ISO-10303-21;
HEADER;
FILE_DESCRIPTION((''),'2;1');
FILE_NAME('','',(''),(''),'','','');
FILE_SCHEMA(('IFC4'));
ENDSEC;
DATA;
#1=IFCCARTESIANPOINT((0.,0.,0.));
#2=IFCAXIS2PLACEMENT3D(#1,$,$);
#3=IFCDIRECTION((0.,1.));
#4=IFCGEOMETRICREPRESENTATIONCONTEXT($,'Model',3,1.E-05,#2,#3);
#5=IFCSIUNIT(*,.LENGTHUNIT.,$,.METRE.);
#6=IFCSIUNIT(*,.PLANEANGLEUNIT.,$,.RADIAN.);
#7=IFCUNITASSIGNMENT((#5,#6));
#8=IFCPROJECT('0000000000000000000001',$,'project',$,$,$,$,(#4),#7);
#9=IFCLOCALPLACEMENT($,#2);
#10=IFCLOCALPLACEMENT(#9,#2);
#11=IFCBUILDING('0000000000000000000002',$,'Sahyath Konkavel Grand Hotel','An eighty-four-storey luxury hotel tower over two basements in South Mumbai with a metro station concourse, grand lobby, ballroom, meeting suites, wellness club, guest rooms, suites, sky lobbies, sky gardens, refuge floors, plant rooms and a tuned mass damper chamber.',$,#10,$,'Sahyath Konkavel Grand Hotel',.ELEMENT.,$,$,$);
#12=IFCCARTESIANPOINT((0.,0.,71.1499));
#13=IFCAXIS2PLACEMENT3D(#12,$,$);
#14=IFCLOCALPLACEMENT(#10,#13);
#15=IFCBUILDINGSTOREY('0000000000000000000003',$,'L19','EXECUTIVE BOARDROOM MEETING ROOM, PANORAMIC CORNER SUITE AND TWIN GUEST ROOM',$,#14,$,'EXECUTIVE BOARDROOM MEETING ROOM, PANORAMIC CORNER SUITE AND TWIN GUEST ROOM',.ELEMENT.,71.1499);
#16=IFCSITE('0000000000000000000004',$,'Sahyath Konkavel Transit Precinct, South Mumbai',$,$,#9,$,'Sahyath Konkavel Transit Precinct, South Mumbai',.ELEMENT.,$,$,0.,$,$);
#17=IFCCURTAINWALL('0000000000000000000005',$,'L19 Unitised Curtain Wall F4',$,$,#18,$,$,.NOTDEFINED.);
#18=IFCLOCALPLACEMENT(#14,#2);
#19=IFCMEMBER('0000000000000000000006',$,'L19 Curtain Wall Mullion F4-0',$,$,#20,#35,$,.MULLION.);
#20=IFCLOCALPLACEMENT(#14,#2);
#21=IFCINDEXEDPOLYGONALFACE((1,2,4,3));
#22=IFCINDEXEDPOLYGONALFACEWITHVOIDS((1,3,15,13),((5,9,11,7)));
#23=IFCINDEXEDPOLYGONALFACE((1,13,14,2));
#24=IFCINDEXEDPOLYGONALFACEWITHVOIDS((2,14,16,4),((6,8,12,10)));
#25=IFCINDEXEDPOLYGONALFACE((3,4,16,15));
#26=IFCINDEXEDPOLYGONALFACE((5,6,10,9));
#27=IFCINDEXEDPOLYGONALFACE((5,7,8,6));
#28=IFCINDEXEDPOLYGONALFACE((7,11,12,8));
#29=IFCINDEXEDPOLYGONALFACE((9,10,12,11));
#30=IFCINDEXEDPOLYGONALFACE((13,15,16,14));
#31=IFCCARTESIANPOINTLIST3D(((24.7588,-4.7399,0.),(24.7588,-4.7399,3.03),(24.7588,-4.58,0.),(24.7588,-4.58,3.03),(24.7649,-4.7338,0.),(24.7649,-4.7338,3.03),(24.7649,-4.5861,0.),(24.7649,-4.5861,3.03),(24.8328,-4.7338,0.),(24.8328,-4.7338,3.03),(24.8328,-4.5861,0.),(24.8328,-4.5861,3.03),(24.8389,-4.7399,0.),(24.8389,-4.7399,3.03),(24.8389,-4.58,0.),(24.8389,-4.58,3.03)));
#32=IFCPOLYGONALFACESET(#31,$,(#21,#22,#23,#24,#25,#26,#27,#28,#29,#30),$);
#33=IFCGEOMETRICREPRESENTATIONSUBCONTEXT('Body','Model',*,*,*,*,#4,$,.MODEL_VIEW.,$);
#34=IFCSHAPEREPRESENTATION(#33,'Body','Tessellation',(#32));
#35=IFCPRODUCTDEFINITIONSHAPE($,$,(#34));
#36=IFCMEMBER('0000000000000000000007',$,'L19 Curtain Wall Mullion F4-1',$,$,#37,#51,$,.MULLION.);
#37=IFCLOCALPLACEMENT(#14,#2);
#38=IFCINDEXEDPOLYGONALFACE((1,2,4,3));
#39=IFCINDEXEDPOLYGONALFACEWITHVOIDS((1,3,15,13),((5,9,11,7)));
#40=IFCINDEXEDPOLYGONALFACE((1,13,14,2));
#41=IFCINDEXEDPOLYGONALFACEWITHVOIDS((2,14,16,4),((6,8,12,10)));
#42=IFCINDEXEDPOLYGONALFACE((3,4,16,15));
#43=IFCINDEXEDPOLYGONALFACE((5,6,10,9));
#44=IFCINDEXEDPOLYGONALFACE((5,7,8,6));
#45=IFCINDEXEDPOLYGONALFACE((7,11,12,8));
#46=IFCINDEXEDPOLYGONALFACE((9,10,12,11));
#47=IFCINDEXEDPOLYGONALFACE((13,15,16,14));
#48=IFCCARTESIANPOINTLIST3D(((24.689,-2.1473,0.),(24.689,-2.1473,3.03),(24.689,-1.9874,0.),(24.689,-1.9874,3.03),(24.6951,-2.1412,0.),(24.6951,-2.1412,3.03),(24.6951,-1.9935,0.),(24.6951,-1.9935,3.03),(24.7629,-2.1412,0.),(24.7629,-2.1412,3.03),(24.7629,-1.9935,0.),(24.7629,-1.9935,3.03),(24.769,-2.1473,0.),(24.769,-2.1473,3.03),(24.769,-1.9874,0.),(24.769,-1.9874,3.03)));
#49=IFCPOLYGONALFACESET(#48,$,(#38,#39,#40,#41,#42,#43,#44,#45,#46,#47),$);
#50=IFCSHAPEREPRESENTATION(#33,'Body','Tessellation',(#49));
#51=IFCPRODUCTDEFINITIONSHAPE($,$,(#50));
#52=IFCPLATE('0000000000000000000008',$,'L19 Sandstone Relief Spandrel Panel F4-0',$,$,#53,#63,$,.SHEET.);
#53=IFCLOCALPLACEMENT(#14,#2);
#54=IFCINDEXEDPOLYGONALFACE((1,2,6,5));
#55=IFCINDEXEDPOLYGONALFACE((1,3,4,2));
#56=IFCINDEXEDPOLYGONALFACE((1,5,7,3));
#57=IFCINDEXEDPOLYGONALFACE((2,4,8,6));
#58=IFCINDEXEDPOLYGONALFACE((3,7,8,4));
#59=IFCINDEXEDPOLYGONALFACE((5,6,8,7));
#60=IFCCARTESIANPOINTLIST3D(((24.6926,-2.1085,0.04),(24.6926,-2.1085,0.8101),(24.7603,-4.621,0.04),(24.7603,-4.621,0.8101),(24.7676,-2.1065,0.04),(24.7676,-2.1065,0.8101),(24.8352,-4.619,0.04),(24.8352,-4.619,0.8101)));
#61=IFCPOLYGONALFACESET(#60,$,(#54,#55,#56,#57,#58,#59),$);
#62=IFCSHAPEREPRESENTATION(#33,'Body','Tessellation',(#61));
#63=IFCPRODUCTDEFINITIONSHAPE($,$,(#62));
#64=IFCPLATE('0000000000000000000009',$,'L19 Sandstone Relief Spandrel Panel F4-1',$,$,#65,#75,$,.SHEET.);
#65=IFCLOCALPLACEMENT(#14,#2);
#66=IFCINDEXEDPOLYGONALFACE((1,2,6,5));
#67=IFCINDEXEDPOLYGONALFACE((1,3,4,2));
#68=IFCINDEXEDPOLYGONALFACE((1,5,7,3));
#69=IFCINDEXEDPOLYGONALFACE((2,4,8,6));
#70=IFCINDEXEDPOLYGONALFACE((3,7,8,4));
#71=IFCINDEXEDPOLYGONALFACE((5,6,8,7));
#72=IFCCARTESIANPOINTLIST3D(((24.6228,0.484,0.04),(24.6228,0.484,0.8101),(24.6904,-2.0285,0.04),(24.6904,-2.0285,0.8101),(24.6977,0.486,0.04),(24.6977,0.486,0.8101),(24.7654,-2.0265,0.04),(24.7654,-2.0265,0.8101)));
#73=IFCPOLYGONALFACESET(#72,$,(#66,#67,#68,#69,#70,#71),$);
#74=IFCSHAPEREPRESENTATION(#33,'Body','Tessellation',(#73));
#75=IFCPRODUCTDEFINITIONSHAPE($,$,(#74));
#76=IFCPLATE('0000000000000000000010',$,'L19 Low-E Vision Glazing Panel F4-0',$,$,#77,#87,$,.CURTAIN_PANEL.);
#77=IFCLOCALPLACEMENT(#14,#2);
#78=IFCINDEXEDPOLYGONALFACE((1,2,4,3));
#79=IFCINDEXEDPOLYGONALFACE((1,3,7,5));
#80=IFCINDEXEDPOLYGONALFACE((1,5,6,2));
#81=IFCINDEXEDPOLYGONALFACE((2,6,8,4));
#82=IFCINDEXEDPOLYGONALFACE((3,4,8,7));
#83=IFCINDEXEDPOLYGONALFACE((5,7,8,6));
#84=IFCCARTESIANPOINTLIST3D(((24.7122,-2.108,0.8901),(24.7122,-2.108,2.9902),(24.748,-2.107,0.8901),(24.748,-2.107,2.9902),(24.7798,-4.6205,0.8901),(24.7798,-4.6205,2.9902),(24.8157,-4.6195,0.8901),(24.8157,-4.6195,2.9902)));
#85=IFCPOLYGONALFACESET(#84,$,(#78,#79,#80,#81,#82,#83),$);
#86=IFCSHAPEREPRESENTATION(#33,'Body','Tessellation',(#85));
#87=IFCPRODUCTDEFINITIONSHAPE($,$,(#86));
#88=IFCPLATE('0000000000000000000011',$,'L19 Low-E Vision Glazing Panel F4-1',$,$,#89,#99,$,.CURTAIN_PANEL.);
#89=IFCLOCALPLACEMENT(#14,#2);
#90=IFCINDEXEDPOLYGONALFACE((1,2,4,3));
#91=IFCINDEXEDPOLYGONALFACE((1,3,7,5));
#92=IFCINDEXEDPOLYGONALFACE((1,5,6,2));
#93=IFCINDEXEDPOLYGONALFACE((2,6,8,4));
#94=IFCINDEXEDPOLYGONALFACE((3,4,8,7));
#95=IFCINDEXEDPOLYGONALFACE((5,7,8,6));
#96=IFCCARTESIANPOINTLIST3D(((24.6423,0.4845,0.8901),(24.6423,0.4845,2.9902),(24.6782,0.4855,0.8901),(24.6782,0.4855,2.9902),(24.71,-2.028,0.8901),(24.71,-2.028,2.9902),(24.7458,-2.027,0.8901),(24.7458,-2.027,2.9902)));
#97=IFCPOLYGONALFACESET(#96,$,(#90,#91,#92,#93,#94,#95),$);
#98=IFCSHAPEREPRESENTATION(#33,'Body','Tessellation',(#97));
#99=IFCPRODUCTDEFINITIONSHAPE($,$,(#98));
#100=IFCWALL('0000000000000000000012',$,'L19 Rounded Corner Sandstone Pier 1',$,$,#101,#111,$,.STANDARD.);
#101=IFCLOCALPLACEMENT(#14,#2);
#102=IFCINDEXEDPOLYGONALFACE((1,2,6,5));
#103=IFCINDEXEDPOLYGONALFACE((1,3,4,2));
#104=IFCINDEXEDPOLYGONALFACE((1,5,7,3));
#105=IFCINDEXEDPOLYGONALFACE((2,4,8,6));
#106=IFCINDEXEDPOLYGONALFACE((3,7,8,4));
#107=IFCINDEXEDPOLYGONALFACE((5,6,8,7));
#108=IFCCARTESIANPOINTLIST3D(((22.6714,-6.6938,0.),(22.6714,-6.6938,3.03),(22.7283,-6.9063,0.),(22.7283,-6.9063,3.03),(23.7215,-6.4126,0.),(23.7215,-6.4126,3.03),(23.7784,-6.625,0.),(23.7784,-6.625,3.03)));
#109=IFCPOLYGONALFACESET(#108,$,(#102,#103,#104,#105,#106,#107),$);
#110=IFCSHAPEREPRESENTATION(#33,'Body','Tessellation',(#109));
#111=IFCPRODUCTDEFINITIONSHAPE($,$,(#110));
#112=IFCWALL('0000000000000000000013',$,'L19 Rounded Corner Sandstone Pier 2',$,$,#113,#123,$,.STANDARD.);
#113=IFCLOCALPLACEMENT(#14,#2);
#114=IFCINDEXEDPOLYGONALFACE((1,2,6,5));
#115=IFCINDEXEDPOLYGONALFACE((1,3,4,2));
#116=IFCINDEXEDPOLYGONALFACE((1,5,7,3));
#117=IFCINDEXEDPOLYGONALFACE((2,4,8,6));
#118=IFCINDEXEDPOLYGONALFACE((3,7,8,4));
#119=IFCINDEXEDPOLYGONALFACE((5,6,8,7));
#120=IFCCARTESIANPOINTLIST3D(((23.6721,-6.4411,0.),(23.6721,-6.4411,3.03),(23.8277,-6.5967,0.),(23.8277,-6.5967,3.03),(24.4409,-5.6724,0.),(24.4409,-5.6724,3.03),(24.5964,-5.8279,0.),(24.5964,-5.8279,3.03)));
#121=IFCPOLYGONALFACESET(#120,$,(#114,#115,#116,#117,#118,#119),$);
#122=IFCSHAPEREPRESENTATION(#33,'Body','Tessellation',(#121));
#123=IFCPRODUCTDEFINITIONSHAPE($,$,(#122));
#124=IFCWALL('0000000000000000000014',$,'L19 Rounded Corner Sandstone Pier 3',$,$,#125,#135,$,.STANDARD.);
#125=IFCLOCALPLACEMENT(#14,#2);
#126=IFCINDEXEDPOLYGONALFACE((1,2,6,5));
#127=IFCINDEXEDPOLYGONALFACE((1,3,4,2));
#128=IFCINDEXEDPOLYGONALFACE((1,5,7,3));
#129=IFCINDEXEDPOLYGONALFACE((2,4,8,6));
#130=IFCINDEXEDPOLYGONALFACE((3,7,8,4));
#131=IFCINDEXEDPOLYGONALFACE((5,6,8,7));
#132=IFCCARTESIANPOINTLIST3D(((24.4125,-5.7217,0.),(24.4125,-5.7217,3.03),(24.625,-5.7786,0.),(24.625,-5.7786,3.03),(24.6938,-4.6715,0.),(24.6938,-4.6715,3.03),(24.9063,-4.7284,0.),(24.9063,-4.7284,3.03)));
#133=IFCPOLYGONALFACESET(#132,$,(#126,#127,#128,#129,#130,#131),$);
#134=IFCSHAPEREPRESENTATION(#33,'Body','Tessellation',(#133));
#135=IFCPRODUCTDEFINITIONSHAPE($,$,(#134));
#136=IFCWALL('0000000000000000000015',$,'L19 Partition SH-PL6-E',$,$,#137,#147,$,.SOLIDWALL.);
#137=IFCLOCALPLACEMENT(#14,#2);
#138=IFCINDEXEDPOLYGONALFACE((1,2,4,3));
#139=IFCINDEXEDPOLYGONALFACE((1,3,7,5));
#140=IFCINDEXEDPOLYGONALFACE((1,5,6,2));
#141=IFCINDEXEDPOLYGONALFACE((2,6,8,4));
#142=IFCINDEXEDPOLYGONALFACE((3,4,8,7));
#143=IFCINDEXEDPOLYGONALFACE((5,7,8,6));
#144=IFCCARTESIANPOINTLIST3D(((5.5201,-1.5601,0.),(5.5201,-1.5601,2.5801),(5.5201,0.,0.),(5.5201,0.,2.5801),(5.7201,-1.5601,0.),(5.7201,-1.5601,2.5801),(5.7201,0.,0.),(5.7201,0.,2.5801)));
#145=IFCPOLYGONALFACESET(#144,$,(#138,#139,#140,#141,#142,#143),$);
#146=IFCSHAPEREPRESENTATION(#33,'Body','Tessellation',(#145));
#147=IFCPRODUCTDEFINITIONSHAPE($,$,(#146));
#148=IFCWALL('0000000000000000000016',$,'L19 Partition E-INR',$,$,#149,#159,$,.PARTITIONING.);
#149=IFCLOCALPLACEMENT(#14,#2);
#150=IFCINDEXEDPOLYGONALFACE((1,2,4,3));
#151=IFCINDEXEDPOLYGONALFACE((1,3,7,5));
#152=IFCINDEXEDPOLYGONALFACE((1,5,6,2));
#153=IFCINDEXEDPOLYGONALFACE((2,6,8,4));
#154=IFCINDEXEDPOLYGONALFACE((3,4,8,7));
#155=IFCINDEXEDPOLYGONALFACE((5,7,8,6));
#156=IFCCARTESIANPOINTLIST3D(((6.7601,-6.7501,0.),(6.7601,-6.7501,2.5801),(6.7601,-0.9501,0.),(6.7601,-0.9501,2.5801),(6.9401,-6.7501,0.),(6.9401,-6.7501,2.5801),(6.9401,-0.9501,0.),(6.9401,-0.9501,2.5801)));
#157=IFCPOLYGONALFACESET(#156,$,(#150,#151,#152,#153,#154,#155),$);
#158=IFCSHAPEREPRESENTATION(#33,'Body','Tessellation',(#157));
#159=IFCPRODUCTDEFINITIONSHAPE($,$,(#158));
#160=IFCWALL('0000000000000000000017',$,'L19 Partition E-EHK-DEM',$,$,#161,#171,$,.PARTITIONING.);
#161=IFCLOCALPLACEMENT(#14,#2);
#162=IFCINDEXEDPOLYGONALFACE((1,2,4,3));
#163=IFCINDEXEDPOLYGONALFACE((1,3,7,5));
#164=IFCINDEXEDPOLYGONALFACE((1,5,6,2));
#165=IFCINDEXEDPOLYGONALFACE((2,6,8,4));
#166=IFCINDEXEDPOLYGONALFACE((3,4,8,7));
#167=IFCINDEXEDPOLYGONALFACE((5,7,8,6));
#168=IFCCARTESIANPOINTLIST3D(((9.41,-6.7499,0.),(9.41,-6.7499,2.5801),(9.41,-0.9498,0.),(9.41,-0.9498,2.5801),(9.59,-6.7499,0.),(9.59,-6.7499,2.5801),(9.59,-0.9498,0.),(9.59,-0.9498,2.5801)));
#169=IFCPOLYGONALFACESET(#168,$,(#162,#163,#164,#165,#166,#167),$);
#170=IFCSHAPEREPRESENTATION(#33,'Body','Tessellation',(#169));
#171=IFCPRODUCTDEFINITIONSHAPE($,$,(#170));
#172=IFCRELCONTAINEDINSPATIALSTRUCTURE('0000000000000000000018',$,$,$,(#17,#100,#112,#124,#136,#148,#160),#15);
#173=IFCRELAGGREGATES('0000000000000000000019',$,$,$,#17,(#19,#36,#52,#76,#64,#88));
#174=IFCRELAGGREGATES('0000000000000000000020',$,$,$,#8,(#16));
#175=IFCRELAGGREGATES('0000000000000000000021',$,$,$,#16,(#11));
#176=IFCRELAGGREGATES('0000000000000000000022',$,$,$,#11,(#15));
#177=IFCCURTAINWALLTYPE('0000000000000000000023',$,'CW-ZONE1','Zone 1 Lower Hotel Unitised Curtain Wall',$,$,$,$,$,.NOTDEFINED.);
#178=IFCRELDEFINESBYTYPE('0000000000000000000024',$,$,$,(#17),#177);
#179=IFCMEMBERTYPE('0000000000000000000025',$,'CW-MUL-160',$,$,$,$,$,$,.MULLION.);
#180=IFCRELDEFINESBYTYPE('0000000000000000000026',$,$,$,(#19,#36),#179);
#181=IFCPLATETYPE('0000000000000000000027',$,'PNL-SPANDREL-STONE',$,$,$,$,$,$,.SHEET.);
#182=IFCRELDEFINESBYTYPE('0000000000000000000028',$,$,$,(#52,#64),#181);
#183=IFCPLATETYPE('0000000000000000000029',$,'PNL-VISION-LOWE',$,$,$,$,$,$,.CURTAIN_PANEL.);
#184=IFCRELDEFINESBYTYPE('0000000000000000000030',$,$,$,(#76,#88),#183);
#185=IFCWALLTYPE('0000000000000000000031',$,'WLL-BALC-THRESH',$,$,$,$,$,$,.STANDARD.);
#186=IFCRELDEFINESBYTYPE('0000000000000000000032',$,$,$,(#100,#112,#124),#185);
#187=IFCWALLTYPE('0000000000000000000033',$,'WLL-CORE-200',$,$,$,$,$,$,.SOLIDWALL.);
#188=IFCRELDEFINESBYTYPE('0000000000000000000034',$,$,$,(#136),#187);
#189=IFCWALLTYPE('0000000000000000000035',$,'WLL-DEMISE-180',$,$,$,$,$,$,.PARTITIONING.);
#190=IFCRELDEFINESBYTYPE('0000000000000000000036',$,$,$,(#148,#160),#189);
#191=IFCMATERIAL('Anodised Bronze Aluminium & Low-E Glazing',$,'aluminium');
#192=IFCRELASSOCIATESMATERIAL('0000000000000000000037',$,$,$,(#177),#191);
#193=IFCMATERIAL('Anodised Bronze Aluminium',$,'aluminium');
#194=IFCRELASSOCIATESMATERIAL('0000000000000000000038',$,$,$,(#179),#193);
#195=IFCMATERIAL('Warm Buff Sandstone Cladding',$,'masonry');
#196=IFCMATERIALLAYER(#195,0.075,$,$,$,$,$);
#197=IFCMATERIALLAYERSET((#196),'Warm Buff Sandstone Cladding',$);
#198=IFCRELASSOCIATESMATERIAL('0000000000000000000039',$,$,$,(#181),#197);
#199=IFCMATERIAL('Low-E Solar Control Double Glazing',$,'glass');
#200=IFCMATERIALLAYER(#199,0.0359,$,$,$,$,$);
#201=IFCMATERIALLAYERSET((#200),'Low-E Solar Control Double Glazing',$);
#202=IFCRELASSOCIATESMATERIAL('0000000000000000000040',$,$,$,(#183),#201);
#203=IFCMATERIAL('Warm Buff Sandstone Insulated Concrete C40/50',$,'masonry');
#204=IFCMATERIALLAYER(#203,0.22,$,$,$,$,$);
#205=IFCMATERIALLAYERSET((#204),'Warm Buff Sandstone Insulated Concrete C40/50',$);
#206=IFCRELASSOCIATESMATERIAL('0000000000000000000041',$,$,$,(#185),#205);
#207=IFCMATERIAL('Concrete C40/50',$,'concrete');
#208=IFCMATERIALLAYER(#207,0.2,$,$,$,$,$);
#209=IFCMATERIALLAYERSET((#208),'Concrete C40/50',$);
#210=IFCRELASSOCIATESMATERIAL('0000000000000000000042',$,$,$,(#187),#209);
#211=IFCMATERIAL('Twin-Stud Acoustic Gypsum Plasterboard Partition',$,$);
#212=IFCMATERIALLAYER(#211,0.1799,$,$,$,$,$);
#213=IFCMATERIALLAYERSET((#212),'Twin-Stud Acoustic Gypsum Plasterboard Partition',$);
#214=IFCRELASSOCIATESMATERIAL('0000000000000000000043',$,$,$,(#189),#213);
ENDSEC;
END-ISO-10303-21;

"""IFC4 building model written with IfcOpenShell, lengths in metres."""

from ifc_helpers import new_model, si_unit, direction, frame, frame_2d, origin, origin_2d, place, context, subcontext, project, spatial, rectangle, hollow_rectangle, extrude, source, transform, mapped, material, layer, layer_set, material_profile, profile_set, type_object, element, aggregate, save


model = new_model("IFC4")

# Units and contexts
model_context = context("Model", 3, precision=1e-05, world=origin(), true_north=direction((0.0, 1.0)))
body_context = subcontext(model_context, "Body", "Model", "MODEL_VIEW")
ifc_project = project(units=[si_unit("LENGTHUNIT", "METRE"), si_unit("PLANEANGLEUNIT", "RADIAN")], contexts=[model_context])

# Site, building, storey
site_placement = place(None, origin())
site = spatial("IfcSite", under=ifc_project, at=site_placement, Name="Sahyath Konkavel Transit Precinct, South Mumbai", LongName="Sahyath Konkavel Transit Precinct, South Mumbai", CompositionType="ELEMENT", RefElevation=0.0)
building_placement = place(site_placement, origin())
building = spatial("IfcBuilding", under=site, at=building_placement, Name="Sahyath Konkavel Grand Hotel", Description="An eighty-four-storey luxury hotel tower over two basements in South Mumbai with a metro station concourse, grand lobby, ballroom, meeting suites, wellness club, guest rooms, suites, sky lobbies, sky gardens, refuge floors, plant rooms and a tuned mass damper chamber.", LongName="Sahyath Konkavel Grand Hotel", CompositionType="ELEMENT")
storey_placement = place(building_placement, frame((0.0, 0.0, 71.1499)))
storey = spatial("IfcBuildingStorey", under=building, at=storey_placement, Name="L19", Description="EXECUTIVE BOARDROOM MEETING ROOM, PANORAMIC CORNER SUITE AND TWIN GUEST ROOM", LongName="EXECUTIVE BOARDROOM MEETING ROOM, PANORAMIC CORNER SUITE AND TWIN GUEST ROOM", CompositionType="ELEMENT", Elevation=71.1499)

# Curtain wall, members, plates
ifc_material_1 = material(Name="Anodised Bronze Aluminium & Low-E Glazing", Category="aluminium")
curtain_wall_type = type_object("IfcCurtainWallType", Name="CW-ZONE1", Description="Zone 1 Lower Hotel Unitised Curtain Wall", PredefinedType="NOTDEFINED", material=ifc_material_1)
curtain_wall_placement = place(storey_placement, origin())
curtain_wall = element("IfcCurtainWall", 1, at=curtain_wall_placement, inside=storey, type_object=curtain_wall_type, Name="L19 Unitised Curtain Wall F4", PredefinedType="NOTDEFINED")
ifc_material_2 = material(Name="Anodised Bronze Aluminium", Category="aluminium")
ifc_material_profile_1 = material_profile(ifc_material_2, hollow_rectangle(XDim=0.0801, YDim=0.1599, WallThickness=0.0061, at=origin_2d()), Name="RHS 160x80x6")
ifc_profile_set_1 = profile_set([ifc_material_profile_1], Name="Anodised Bronze Aluminium")
member_type_1 = type_object("IfcMemberType", Name="CW-MUL-160", PredefinedType="MULLION", material=ifc_profile_set_1)
shared_shape_1 = source(origin(), body_context, "Body", "SweptSolid", [
    extrude(hollow_rectangle(XDim=0.0801, YDim=0.1599, WallThickness=0.0061, at=origin_2d()), origin(), (0.0, 0.0, 1.0), 3.03),
])
member_1_placement = place(storey_placement, frame((24.7988, -4.6599, 0.0), z_axis=(0.0, 0.0, 1.0), x_axis=(1.0, 0.0, 0.0)))
member_1 = element("IfcMember", 2, at=member_1_placement, type_object=member_type_1, Name="L19 Curtain Wall Mullion F4-0", PredefinedType="MULLION", context=body_context, shape_type="MappedRepresentation", body=[
    mapped(shared_shape_1, transform((0.0, 0.0, 0.0), scale=1.0)),
])
member_2_placement = place(storey_placement, frame((24.729, -2.0674, 0.0), z_axis=(0.0, 0.0, 1.0), x_axis=(1.0, 0.0, 0.0)))
member_2 = element("IfcMember", 3, at=member_2_placement, type_object=member_type_1, Name="L19 Curtain Wall Mullion F4-1", PredefinedType="MULLION", context=body_context, shape_type="MappedRepresentation", body=[
    mapped(shared_shape_1, transform((0.0, 0.0, 0.0), scale=1.0)),
])
ifc_material_3 = material(Name="Warm Buff Sandstone Cladding", Category="masonry")
ifc_layer_1 = layer(ifc_material_3, 0.075)
ifc_layer_set_1 = layer_set([ifc_layer_1], Name="Warm Buff Sandstone Cladding")
plate_type_1 = type_object("IfcPlateType", Name="PNL-SPANDREL-STONE", PredefinedType="SHEET", material=ifc_layer_set_1)
shared_shape_2 = source(origin(), body_context, "Body", "SweptSolid", [
    extrude(rectangle(XDim=2.5134, YDim=0.075, at=origin_2d()), origin(), (0.0, 0.0, 1.0), 0.77),
])
plate_1_placement = place(storey_placement, frame((24.7639, -3.3638, 0.04), z_axis=(0.0, 0.0, 1.0), x_axis=(-0.02691, 0.999638, 0.0)))
plate_1 = element("IfcPlate", 4, at=plate_1_placement, type_object=plate_type_1, Name="L19 Sandstone Relief Spandrel Panel F4-0", PredefinedType="SHEET", context=body_context, shape_type="MappedRepresentation", body=[
    mapped(shared_shape_2, transform((0.0, 0.0, 0.0), scale=1.0)),
])
plate_2_placement = place(storey_placement, frame((24.6941, -0.7712, 0.04), z_axis=(0.0, 0.0, 1.0), x_axis=(-0.02691, 0.999638, 0.0)))
plate_2 = element("IfcPlate", 5, at=plate_2_placement, type_object=plate_type_1, Name="L19 Sandstone Relief Spandrel Panel F4-1", PredefinedType="SHEET", context=body_context, shape_type="MappedRepresentation", body=[
    mapped(shared_shape_2, transform((0.0, 0.0, 0.0), scale=1.0)),
])
ifc_material_4 = material(Name="Low-E Solar Control Double Glazing", Category="glass")
ifc_layer_2 = layer(ifc_material_4, 0.0359)
ifc_layer_set_2 = layer_set([ifc_layer_2], Name="Low-E Solar Control Double Glazing")
plate_type_2 = type_object("IfcPlateType", Name="PNL-VISION-LOWE", PredefinedType="CURTAIN_PANEL", material=ifc_layer_set_2)
shared_shape_3 = source(origin(), body_context, "Body", "SweptSolid", [
    extrude(rectangle(XDim=2.5134, YDim=0.0359, at=origin_2d()), origin(), (0.0, 0.0, 1.0), 2.1001),
])
plate_3_placement = place(storey_placement, frame((24.7639, -3.3638, 0.8901), z_axis=(0.0, 0.0, 1.0), x_axis=(-0.02691, 0.999638, 0.0)))
plate_3 = element("IfcPlate", 6, at=plate_3_placement, type_object=plate_type_2, Name="L19 Low-E Vision Glazing Panel F4-0", PredefinedType="CURTAIN_PANEL", context=body_context, shape_type="MappedRepresentation", body=[
    mapped(shared_shape_3, transform((0.0, 0.0, 0.0), scale=1.0)),
])
plate_4_placement = place(storey_placement, frame((24.6941, -0.7712, 0.8901), z_axis=(0.0, 0.0, 1.0), x_axis=(-0.02691, 0.999638, 0.0)))
plate_4 = element("IfcPlate", 7, at=plate_4_placement, type_object=plate_type_2, Name="L19 Low-E Vision Glazing Panel F4-1", PredefinedType="CURTAIN_PANEL", context=body_context, shape_type="MappedRepresentation", body=[
    mapped(shared_shape_3, transform((0.0, 0.0, 0.0), scale=1.0)),
])
aggregate(curtain_wall, [member_1, member_2, plate_1, plate_3, plate_2, plate_4])

# Walls
ifc_material_5 = material(Name="Warm Buff Sandstone Insulated Concrete C40/50", Category="masonry")
ifc_layer_3 = layer(ifc_material_5, 0.22)
ifc_layer_set_3 = layer_set([ifc_layer_3], Name="Warm Buff Sandstone Insulated Concrete C40/50")
wall_type_1 = type_object("IfcWallType", Name="WLL-BALC-THRESH", PredefinedType="STANDARD", material=ifc_layer_set_3)
for number, where, z_axis, x_axis, name in (
    (8, (22.7, -6.8, 0.0), (0.0, 0.0, 1.0), (0.965951, 0.258725, 0.0), "L19 Rounded Corner Sandstone Pier 1"),
    (9, (23.75, -6.5188, 0.0), (0.0, 0.0, 1.0), (0.707107, 0.707107, 0.0), "L19 Rounded Corner Sandstone Pier 2"),
    (10, (24.5188, -5.75, 0.0), (0.0, 0.0, 1.0), (0.258725, 0.965951, 0.0), "L19 Rounded Corner Sandstone Pier 3"),
):
    element("IfcWall", number, at=place(storey_placement, frame(where, z_axis=z_axis, x_axis=x_axis)), inside=storey, type_object=wall_type_1, Name=name, PredefinedType="STANDARD", context=body_context, shape_type="SweptSolid", body=[
        extrude(rectangle(XDim=1.0872, YDim=0.22, at=frame_2d((0.5435, 0.0))), origin(), (0.0, 0.0, 1.0), 3.03),
    ])
ifc_material_6 = material(Name="Concrete C40/50", Category="concrete")
ifc_layer_4 = layer(ifc_material_6, 0.2)
ifc_layer_set_4 = layer_set([ifc_layer_4], Name="Concrete C40/50")
wall_type_2 = type_object("IfcWallType", Name="WLL-CORE-200", PredefinedType="SOLIDWALL", material=ifc_layer_set_4)
wall_1_placement = place(storey_placement, frame((5.6201, -1.5601, 0.0), z_axis=(0.0, 0.0, 1.0), x_axis=(0.0, 1.0, 0.0)))
element("IfcWall", 11, at=wall_1_placement, inside=storey, type_object=wall_type_2, Name="L19 Partition SH-PL6-E", PredefinedType="SOLIDWALL", context=body_context, shape_type="SweptSolid", body=[
    extrude(rectangle(XDim=1.5601, YDim=0.2, at=frame_2d((0.78, 0.0))), origin(), (0.0, 0.0, 1.0), 2.5801),
])
ifc_material_7 = material(Name="Twin-Stud Acoustic Gypsum Plasterboard Partition")
ifc_layer_5 = layer(ifc_material_7, 0.1799)
ifc_layer_set_5 = layer_set([ifc_layer_5], Name="Twin-Stud Acoustic Gypsum Plasterboard Partition")
wall_type_3 = type_object("IfcWallType", Name="WLL-DEMISE-180", PredefinedType="PARTITIONING", material=ifc_layer_set_5)
for number, where, z_axis, x_axis, name in (
    (12, (6.8501, -6.75, 0.0), (0.0, 0.0, 1.0), (0.0, 1.0, 0.0), "L19 Partition E-INR"),
    (13, (9.5, -0.95, 0.0), (0.0, 0.0, 1.0), (0.0, -1.0, 0.0), "L19 Partition E-EHK-DEM"),
):
    element("IfcWall", number, at=place(storey_placement, frame(where, z_axis=z_axis, x_axis=x_axis)), inside=storey, type_object=wall_type_3, Name=name, PredefinedType="PARTITIONING", context=body_context, shape_type="SweptSolid", body=[
        extrude(rectangle(XDim=5.8, YDim=0.1799, at=frame_2d((2.8999, 0.0))), origin(), (0.0, 0.0, 1.0), 2.5801),
    ])

save(model, "model.ifc")
